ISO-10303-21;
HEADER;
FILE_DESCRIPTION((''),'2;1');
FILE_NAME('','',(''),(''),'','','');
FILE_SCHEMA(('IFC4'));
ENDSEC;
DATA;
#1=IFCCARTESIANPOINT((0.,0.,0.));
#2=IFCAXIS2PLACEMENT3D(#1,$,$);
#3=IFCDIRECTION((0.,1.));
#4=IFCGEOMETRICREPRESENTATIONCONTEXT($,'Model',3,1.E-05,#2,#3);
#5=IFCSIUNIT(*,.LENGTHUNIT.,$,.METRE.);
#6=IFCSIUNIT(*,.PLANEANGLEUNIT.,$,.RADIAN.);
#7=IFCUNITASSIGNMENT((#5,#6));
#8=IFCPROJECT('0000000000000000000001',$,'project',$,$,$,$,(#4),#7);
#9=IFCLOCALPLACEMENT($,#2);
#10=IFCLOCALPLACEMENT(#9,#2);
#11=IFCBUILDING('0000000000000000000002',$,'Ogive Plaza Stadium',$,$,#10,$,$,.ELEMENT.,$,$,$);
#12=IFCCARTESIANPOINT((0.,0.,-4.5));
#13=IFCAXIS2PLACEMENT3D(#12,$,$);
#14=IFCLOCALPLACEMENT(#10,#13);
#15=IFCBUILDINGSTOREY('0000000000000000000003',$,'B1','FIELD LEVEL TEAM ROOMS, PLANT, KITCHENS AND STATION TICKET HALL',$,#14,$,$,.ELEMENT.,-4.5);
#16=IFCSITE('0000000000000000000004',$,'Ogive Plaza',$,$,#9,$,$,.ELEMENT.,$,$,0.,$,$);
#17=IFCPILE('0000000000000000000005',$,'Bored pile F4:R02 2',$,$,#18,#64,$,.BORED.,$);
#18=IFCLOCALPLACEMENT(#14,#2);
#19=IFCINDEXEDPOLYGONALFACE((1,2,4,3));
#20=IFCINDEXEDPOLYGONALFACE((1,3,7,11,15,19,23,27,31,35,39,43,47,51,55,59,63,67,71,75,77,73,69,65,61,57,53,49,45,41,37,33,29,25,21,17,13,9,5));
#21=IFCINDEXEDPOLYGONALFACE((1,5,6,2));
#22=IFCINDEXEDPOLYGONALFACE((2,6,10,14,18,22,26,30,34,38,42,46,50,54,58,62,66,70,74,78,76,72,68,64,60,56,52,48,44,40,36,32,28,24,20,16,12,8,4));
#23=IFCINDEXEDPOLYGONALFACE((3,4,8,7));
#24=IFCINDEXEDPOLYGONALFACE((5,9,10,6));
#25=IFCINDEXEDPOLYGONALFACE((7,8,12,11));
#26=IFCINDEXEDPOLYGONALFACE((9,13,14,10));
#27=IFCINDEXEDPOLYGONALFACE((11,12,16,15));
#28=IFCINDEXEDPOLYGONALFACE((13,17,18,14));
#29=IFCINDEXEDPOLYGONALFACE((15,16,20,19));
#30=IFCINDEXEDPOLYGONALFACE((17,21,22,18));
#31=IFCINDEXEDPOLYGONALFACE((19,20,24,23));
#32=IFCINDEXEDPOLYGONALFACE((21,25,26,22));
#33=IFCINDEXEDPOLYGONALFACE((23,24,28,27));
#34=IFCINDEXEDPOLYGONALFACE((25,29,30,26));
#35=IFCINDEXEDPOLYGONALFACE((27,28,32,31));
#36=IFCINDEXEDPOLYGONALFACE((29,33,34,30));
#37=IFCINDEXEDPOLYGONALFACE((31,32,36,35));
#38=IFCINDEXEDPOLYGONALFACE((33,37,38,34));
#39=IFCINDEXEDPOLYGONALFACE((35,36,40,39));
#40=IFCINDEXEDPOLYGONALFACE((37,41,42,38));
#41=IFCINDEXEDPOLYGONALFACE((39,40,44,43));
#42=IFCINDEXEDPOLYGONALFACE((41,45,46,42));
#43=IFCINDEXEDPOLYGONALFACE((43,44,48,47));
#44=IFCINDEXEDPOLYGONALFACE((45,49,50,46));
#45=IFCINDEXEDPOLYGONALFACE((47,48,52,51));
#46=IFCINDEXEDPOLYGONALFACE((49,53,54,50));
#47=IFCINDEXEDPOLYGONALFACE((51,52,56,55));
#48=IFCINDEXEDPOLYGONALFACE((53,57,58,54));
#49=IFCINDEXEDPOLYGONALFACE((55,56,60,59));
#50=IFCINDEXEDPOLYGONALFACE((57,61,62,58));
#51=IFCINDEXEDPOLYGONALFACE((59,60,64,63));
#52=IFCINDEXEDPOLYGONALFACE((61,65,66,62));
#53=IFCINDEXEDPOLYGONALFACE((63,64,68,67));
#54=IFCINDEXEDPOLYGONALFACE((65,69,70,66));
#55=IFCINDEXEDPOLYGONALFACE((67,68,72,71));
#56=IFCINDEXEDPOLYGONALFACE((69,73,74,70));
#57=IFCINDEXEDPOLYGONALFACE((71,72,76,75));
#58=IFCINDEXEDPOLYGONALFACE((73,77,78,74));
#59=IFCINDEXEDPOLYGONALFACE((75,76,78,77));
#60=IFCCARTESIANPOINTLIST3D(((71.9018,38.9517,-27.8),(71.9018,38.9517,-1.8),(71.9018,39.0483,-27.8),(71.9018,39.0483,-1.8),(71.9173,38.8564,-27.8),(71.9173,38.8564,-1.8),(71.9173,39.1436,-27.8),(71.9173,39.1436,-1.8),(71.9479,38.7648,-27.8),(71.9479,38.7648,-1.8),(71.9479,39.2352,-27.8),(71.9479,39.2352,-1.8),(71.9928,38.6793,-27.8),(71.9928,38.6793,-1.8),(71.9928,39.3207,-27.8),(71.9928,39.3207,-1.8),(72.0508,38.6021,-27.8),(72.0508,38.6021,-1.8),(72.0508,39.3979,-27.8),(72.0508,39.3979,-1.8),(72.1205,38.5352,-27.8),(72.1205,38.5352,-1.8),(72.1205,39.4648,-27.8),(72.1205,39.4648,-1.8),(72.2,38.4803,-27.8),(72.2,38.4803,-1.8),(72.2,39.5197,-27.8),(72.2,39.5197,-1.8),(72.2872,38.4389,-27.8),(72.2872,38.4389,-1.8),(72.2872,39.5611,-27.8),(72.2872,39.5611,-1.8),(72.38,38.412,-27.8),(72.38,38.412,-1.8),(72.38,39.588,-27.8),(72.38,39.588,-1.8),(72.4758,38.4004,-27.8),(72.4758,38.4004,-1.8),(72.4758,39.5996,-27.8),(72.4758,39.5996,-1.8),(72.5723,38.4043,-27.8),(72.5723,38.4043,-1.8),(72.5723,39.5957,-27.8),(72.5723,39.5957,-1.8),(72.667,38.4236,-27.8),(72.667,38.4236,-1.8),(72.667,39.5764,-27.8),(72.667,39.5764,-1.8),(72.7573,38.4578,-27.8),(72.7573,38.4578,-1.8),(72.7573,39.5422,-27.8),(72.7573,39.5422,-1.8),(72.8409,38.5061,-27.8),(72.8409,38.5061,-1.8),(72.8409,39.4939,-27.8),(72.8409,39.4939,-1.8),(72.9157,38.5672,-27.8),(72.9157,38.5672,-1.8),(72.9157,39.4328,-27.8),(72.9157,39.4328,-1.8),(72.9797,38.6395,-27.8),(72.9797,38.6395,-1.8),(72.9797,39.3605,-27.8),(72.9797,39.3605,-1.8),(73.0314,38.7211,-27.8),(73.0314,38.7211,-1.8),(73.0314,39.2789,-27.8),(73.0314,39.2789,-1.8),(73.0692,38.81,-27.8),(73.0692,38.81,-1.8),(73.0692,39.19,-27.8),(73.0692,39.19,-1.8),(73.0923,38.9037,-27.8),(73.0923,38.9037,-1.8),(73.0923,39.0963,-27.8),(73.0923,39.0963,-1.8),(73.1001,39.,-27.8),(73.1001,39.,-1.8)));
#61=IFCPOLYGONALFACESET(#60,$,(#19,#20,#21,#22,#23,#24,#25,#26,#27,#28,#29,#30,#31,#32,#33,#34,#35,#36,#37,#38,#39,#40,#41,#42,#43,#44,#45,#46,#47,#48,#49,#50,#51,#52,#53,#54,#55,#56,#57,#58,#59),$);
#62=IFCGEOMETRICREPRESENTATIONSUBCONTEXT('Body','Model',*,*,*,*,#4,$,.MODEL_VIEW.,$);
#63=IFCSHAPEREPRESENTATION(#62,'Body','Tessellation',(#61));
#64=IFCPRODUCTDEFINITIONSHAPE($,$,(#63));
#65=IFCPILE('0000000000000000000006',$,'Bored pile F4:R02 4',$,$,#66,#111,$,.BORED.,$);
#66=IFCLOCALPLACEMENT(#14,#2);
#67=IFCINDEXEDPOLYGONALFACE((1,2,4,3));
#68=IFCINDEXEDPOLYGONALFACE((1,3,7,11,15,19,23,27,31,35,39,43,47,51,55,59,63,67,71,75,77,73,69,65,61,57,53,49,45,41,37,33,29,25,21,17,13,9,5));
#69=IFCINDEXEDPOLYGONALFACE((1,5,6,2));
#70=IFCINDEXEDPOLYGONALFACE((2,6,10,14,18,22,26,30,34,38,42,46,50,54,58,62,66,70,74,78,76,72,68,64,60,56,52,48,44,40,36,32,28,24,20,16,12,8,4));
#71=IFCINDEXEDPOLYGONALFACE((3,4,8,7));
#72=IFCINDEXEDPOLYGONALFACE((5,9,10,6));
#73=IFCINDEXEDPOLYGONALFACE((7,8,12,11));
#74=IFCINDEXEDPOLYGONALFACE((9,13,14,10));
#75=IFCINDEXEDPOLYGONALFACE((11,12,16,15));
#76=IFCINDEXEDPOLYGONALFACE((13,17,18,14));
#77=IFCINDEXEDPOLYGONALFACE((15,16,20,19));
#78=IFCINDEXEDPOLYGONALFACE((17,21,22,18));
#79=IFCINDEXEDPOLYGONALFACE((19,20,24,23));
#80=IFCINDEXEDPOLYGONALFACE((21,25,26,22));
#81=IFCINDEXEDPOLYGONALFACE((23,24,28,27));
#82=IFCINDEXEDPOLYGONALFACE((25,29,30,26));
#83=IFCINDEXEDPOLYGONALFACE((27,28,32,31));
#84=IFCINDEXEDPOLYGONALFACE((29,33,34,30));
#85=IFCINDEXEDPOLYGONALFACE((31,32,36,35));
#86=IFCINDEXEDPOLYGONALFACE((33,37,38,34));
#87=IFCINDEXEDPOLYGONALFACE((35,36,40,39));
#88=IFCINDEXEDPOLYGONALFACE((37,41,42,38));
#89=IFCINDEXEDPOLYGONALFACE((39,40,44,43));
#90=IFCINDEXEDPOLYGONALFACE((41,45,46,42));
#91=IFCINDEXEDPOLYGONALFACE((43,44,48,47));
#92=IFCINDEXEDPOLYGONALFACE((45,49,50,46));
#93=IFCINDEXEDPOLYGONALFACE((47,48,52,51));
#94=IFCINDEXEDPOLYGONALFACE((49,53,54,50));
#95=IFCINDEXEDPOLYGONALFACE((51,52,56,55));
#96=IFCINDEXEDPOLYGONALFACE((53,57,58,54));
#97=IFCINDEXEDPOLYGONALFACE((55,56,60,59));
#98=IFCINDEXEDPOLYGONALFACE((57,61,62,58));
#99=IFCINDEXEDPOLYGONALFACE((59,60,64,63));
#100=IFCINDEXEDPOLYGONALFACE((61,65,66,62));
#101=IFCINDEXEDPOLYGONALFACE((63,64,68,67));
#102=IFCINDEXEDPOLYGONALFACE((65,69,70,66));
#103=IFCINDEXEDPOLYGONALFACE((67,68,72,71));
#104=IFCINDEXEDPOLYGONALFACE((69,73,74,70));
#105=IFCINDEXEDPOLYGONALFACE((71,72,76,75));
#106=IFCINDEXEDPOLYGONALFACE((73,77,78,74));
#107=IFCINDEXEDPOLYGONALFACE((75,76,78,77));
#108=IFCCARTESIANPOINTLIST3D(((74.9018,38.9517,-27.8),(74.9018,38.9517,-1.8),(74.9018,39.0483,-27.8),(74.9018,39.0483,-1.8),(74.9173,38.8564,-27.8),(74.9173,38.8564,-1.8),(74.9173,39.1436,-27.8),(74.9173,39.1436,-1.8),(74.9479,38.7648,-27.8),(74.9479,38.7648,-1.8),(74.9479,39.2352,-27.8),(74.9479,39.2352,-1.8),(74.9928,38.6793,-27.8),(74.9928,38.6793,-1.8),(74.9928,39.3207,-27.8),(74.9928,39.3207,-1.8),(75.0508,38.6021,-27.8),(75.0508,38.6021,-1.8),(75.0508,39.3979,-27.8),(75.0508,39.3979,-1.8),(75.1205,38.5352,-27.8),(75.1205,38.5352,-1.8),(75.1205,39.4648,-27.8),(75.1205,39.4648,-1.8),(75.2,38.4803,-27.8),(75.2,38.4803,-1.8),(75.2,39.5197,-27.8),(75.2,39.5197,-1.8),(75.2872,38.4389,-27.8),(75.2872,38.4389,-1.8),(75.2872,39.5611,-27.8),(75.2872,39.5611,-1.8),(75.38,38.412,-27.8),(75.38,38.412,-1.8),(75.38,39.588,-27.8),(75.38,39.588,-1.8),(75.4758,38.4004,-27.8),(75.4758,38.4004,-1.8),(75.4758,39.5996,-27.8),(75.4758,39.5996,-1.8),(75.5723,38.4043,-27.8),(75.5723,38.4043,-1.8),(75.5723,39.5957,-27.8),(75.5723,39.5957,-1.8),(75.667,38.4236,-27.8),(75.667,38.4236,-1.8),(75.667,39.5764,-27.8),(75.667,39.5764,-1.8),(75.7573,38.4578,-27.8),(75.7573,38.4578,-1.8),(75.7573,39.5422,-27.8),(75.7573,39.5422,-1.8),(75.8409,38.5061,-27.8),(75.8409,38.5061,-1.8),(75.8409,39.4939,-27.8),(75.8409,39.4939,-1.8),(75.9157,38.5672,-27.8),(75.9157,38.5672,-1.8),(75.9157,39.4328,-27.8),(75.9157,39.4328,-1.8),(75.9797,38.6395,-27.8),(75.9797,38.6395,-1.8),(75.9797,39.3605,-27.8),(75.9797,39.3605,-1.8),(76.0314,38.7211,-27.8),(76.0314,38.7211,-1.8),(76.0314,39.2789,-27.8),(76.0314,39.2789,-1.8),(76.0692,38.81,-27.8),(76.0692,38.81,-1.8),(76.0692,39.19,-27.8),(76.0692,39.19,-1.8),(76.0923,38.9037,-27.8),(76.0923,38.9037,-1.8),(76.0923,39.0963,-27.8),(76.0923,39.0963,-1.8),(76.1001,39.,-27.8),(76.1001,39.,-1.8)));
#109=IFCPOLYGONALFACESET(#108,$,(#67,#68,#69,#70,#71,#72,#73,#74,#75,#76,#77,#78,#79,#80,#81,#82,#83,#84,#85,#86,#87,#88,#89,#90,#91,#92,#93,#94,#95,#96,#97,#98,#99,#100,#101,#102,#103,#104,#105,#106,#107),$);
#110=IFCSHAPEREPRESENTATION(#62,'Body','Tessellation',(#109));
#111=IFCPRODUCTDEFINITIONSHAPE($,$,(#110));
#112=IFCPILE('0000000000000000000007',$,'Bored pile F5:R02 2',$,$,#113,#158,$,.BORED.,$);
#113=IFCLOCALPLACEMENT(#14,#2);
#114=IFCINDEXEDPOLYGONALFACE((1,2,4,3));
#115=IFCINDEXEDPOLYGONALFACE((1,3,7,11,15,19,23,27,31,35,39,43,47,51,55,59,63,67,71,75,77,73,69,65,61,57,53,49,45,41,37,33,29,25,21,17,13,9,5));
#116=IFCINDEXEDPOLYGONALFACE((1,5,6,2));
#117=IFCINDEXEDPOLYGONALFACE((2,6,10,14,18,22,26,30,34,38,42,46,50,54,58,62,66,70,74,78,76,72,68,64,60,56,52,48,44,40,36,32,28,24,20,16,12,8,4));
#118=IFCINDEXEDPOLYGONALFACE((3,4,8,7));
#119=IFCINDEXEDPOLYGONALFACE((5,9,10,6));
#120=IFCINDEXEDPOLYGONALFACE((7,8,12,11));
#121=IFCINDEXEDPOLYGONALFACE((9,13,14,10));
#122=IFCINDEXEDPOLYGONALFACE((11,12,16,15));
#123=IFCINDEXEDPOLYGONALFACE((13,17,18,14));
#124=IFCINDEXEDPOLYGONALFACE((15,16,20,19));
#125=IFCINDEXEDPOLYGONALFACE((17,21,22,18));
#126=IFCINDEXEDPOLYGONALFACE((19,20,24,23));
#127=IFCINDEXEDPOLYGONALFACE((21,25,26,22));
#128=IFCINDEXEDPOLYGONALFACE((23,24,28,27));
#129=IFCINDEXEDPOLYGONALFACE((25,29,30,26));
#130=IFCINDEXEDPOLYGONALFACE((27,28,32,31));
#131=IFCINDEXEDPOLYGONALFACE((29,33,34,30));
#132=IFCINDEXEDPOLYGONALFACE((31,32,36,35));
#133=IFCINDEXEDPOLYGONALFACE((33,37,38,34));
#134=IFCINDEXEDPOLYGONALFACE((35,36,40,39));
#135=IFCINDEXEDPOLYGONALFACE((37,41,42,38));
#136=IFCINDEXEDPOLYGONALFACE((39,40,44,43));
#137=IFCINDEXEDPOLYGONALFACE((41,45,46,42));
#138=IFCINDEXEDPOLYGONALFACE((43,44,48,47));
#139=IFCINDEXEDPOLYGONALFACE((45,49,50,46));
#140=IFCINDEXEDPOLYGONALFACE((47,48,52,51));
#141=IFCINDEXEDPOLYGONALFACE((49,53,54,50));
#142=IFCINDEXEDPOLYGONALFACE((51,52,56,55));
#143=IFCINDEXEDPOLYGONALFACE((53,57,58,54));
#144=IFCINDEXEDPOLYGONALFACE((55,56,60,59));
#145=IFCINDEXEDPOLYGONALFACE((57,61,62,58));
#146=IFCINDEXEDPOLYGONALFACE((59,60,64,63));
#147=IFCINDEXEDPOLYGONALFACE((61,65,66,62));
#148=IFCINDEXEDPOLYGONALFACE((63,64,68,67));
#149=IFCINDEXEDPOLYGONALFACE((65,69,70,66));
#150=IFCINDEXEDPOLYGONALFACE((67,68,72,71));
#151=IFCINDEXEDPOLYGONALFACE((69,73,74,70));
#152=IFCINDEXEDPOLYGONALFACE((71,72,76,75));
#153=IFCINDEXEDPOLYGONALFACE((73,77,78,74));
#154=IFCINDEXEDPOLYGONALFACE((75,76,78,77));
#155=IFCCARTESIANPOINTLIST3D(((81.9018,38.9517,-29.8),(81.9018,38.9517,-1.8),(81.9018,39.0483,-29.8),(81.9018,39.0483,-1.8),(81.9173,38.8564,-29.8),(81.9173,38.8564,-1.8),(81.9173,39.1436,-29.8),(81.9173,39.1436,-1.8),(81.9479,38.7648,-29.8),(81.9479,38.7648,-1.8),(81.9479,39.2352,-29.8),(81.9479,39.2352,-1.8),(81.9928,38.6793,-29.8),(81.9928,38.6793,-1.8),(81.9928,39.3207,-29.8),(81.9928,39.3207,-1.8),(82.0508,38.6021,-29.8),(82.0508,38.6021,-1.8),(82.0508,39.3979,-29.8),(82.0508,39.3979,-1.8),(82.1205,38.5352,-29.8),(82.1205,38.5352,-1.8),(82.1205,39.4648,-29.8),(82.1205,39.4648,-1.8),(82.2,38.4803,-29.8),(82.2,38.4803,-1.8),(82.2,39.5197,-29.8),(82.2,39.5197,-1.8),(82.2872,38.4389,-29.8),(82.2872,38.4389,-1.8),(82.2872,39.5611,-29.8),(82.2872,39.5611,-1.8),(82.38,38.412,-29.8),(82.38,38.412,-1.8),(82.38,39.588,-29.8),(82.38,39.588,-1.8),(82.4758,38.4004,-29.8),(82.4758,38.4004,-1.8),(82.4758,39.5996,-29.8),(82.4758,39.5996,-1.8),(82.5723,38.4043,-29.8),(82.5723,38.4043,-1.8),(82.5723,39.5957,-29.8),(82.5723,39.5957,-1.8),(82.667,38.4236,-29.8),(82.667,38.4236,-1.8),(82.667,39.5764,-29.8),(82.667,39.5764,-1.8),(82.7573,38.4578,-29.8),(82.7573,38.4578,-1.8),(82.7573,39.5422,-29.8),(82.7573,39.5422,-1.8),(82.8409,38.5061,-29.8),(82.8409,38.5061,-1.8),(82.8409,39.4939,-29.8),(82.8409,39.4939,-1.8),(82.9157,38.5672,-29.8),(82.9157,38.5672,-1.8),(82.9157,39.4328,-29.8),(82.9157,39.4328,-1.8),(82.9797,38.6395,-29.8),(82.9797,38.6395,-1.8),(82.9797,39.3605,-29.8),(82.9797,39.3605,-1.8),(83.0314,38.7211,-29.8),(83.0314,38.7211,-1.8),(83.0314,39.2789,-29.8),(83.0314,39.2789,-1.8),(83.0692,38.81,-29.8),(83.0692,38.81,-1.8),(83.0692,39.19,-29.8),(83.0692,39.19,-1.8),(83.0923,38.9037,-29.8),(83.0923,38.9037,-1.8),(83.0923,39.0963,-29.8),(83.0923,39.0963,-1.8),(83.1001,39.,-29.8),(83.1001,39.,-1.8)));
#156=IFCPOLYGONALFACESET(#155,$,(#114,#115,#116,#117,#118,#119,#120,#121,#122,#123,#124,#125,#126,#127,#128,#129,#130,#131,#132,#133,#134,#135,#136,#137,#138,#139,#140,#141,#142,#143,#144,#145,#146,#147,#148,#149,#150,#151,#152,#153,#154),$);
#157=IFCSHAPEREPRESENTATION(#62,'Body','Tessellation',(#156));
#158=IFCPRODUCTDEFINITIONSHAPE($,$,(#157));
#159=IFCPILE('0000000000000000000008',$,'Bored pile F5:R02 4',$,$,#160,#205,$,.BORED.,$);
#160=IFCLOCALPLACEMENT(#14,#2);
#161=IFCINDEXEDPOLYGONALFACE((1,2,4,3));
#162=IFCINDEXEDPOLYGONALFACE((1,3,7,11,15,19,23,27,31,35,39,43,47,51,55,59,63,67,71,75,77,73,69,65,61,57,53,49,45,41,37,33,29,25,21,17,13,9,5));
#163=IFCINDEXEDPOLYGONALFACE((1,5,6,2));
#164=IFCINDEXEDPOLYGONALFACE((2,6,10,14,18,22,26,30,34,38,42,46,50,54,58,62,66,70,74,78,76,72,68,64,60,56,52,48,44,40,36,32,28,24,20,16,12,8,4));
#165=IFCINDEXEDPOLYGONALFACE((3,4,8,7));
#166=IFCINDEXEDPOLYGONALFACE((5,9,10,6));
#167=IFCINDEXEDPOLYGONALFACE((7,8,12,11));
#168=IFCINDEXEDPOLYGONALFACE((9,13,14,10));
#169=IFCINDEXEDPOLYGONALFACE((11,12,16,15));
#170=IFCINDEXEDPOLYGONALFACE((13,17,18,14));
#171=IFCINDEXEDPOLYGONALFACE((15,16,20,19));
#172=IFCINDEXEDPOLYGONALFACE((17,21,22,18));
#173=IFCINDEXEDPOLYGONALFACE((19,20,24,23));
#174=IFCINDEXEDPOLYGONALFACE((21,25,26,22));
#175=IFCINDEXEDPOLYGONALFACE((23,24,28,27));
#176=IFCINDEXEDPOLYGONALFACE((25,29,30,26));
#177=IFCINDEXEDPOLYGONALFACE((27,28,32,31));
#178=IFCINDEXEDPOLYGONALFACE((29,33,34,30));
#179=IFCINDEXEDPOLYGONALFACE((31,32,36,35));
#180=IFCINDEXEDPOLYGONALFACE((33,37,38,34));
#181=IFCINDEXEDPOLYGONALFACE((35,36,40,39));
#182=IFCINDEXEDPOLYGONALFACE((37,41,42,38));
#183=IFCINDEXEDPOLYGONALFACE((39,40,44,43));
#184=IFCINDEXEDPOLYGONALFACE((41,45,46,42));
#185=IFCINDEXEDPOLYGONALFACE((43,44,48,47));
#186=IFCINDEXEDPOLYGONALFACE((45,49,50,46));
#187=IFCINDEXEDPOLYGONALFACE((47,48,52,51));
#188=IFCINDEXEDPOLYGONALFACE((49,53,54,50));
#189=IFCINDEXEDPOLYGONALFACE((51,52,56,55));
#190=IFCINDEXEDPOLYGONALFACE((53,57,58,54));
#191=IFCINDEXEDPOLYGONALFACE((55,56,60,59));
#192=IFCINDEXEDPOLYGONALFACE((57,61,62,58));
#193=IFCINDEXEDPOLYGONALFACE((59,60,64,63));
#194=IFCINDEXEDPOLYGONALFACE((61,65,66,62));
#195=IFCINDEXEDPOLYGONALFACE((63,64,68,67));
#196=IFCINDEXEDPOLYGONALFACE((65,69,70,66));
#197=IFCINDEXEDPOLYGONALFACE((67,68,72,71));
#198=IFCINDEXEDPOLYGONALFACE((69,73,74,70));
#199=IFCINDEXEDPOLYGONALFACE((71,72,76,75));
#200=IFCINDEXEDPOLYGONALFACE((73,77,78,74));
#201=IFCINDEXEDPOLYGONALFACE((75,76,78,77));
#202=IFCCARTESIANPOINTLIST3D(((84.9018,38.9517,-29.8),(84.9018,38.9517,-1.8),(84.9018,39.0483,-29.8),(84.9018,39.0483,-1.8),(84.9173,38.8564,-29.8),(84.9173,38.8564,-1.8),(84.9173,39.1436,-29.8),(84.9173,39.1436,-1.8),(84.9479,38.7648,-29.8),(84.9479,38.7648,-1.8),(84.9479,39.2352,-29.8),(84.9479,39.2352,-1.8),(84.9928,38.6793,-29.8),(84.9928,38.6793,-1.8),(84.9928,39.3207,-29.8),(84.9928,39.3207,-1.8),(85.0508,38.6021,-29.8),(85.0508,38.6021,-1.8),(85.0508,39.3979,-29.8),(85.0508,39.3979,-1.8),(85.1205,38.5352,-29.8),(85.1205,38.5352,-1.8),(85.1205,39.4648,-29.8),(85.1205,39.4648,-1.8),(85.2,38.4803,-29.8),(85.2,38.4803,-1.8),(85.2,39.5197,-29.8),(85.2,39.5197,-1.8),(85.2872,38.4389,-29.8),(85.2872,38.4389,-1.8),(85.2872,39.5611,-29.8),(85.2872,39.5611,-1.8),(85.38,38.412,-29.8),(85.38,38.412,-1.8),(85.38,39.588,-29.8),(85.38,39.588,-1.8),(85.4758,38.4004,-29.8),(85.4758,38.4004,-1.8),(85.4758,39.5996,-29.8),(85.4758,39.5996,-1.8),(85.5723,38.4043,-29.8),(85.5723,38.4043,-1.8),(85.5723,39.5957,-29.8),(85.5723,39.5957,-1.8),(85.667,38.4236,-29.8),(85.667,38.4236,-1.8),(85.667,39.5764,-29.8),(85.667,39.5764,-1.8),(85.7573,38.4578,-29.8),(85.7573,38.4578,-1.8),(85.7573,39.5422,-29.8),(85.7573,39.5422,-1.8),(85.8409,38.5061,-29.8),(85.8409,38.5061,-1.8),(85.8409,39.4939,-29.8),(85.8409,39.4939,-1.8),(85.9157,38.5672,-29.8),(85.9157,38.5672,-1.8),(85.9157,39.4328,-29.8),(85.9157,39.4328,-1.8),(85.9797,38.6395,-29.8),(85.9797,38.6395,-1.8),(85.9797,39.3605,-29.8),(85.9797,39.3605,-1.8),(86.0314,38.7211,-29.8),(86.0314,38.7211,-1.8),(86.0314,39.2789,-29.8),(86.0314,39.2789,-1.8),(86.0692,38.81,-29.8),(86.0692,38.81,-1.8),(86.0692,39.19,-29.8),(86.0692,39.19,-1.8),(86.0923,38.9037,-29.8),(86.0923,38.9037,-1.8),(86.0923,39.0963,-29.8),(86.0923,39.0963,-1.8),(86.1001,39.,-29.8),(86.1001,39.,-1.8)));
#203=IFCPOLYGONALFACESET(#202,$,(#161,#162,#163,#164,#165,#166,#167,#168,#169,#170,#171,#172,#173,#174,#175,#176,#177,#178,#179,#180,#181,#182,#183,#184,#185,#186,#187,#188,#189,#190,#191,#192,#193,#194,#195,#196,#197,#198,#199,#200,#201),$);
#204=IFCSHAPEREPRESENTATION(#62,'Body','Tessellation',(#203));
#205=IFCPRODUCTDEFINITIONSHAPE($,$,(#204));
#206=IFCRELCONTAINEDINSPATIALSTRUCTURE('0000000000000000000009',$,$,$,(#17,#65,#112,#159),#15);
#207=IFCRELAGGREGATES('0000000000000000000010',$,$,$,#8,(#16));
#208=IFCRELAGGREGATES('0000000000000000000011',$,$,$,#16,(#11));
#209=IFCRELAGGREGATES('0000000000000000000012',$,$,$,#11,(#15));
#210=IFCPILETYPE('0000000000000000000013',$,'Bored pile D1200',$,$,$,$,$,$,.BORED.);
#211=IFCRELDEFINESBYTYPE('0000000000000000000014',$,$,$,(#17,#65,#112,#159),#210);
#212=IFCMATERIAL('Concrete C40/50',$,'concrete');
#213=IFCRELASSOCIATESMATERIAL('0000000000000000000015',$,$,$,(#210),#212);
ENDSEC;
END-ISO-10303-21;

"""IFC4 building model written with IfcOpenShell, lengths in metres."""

from ifc_helpers import new_model, si_unit, direction, frame, origin, origin_2d, place, context, subcontext, project, spatial, circle, extrude, material, material_profile, profile_set, type_object, element, save


model = new_model("IFC4")

# Units and contexts
model_context = context("Model", 3, precision=1e-05, world=origin(), true_north=direction((0.0, 1.0)))
body_context = subcontext(model_context, "Body", "Model", "MODEL_VIEW")
ifc_project = project(units=[si_unit("LENGTHUNIT", "METRE"), si_unit("PLANEANGLEUNIT", "RADIAN")], contexts=[model_context])

# Site, building, storey
site_placement = place(None, origin())
site = spatial("IfcSite", under=ifc_project, at=site_placement, Name="Ogive Plaza", CompositionType="ELEMENT", RefElevation=0.0)
building_placement = place(site_placement, origin())
building = spatial("IfcBuilding", under=site, at=building_placement, Name="Ogive Plaza Stadium", CompositionType="ELEMENT")
storey_placement = place(building_placement, frame((0.0, 0.0, -4.5)))
storey = spatial("IfcBuildingStorey", under=building, at=storey_placement, Name="B1", Description="FIELD LEVEL TEAM ROOMS, PLANT, KITCHENS AND STATION TICKET HALL", CompositionType="ELEMENT", Elevation=-4.5)

# Piles
ifc_material_1 = material(Name="Concrete C40/50", Category="concrete")
ifc_material_profile_1 = material_profile(ifc_material_1, circle(Radius=0.6001, at=origin_2d()), Name="RC D1200")
ifc_profile_set_1 = profile_set([ifc_material_profile_1], Name="Concrete C40/50")
pile_type_1 = type_object("IfcPileType", Name="Bored pile D1200", PredefinedType="BORED", material=ifc_profile_set_1)
for number, where, z_axis, x_axis, name in (
    (1, (72.5, 39.0, -1.8), (0.0, 0.0, -1.0), (1.0, 0.0, 0.0), "Bored pile F4:R02 2"),
    (2, (75.5, 39.0, -1.8), (0.0, 0.0, -1.0), (1.0, 0.0, 0.0), "Bored pile F4:R02 4"),
):
    element("IfcPile", number, at=place(storey_placement, frame(where, z_axis=z_axis, x_axis=x_axis)), inside=storey, type_object=pile_type_1, Name=name, PredefinedType="BORED", context=body_context, shape_type="SweptSolid", body=[
        extrude(circle(Radius=0.6001, at=origin_2d()), origin(), (0.0, 0.0, 1.0), 26.0),
    ])
for number, where, z_axis, x_axis, name in (
    (3, (82.5, 39.0, -1.8), (0.0, 0.0, -1.0), (1.0, 0.0, 0.0), "Bored pile F5:R02 2"),
    (4, (85.5, 39.0, -1.8), (0.0, 0.0, -1.0), (1.0, 0.0, 0.0), "Bored pile F5:R02 4"),
):
    element("IfcPile", number, at=place(storey_placement, frame(where, z_axis=z_axis, x_axis=x_axis)), inside=storey, type_object=pile_type_1, Name=name, PredefinedType="BORED", context=body_context, shape_type="SweptSolid", body=[
        extrude(circle(Radius=0.6001, at=origin_2d()), origin(), (0.0, 0.0, 1.0), 28.0),
    ])

save(model, "model.ifc")
